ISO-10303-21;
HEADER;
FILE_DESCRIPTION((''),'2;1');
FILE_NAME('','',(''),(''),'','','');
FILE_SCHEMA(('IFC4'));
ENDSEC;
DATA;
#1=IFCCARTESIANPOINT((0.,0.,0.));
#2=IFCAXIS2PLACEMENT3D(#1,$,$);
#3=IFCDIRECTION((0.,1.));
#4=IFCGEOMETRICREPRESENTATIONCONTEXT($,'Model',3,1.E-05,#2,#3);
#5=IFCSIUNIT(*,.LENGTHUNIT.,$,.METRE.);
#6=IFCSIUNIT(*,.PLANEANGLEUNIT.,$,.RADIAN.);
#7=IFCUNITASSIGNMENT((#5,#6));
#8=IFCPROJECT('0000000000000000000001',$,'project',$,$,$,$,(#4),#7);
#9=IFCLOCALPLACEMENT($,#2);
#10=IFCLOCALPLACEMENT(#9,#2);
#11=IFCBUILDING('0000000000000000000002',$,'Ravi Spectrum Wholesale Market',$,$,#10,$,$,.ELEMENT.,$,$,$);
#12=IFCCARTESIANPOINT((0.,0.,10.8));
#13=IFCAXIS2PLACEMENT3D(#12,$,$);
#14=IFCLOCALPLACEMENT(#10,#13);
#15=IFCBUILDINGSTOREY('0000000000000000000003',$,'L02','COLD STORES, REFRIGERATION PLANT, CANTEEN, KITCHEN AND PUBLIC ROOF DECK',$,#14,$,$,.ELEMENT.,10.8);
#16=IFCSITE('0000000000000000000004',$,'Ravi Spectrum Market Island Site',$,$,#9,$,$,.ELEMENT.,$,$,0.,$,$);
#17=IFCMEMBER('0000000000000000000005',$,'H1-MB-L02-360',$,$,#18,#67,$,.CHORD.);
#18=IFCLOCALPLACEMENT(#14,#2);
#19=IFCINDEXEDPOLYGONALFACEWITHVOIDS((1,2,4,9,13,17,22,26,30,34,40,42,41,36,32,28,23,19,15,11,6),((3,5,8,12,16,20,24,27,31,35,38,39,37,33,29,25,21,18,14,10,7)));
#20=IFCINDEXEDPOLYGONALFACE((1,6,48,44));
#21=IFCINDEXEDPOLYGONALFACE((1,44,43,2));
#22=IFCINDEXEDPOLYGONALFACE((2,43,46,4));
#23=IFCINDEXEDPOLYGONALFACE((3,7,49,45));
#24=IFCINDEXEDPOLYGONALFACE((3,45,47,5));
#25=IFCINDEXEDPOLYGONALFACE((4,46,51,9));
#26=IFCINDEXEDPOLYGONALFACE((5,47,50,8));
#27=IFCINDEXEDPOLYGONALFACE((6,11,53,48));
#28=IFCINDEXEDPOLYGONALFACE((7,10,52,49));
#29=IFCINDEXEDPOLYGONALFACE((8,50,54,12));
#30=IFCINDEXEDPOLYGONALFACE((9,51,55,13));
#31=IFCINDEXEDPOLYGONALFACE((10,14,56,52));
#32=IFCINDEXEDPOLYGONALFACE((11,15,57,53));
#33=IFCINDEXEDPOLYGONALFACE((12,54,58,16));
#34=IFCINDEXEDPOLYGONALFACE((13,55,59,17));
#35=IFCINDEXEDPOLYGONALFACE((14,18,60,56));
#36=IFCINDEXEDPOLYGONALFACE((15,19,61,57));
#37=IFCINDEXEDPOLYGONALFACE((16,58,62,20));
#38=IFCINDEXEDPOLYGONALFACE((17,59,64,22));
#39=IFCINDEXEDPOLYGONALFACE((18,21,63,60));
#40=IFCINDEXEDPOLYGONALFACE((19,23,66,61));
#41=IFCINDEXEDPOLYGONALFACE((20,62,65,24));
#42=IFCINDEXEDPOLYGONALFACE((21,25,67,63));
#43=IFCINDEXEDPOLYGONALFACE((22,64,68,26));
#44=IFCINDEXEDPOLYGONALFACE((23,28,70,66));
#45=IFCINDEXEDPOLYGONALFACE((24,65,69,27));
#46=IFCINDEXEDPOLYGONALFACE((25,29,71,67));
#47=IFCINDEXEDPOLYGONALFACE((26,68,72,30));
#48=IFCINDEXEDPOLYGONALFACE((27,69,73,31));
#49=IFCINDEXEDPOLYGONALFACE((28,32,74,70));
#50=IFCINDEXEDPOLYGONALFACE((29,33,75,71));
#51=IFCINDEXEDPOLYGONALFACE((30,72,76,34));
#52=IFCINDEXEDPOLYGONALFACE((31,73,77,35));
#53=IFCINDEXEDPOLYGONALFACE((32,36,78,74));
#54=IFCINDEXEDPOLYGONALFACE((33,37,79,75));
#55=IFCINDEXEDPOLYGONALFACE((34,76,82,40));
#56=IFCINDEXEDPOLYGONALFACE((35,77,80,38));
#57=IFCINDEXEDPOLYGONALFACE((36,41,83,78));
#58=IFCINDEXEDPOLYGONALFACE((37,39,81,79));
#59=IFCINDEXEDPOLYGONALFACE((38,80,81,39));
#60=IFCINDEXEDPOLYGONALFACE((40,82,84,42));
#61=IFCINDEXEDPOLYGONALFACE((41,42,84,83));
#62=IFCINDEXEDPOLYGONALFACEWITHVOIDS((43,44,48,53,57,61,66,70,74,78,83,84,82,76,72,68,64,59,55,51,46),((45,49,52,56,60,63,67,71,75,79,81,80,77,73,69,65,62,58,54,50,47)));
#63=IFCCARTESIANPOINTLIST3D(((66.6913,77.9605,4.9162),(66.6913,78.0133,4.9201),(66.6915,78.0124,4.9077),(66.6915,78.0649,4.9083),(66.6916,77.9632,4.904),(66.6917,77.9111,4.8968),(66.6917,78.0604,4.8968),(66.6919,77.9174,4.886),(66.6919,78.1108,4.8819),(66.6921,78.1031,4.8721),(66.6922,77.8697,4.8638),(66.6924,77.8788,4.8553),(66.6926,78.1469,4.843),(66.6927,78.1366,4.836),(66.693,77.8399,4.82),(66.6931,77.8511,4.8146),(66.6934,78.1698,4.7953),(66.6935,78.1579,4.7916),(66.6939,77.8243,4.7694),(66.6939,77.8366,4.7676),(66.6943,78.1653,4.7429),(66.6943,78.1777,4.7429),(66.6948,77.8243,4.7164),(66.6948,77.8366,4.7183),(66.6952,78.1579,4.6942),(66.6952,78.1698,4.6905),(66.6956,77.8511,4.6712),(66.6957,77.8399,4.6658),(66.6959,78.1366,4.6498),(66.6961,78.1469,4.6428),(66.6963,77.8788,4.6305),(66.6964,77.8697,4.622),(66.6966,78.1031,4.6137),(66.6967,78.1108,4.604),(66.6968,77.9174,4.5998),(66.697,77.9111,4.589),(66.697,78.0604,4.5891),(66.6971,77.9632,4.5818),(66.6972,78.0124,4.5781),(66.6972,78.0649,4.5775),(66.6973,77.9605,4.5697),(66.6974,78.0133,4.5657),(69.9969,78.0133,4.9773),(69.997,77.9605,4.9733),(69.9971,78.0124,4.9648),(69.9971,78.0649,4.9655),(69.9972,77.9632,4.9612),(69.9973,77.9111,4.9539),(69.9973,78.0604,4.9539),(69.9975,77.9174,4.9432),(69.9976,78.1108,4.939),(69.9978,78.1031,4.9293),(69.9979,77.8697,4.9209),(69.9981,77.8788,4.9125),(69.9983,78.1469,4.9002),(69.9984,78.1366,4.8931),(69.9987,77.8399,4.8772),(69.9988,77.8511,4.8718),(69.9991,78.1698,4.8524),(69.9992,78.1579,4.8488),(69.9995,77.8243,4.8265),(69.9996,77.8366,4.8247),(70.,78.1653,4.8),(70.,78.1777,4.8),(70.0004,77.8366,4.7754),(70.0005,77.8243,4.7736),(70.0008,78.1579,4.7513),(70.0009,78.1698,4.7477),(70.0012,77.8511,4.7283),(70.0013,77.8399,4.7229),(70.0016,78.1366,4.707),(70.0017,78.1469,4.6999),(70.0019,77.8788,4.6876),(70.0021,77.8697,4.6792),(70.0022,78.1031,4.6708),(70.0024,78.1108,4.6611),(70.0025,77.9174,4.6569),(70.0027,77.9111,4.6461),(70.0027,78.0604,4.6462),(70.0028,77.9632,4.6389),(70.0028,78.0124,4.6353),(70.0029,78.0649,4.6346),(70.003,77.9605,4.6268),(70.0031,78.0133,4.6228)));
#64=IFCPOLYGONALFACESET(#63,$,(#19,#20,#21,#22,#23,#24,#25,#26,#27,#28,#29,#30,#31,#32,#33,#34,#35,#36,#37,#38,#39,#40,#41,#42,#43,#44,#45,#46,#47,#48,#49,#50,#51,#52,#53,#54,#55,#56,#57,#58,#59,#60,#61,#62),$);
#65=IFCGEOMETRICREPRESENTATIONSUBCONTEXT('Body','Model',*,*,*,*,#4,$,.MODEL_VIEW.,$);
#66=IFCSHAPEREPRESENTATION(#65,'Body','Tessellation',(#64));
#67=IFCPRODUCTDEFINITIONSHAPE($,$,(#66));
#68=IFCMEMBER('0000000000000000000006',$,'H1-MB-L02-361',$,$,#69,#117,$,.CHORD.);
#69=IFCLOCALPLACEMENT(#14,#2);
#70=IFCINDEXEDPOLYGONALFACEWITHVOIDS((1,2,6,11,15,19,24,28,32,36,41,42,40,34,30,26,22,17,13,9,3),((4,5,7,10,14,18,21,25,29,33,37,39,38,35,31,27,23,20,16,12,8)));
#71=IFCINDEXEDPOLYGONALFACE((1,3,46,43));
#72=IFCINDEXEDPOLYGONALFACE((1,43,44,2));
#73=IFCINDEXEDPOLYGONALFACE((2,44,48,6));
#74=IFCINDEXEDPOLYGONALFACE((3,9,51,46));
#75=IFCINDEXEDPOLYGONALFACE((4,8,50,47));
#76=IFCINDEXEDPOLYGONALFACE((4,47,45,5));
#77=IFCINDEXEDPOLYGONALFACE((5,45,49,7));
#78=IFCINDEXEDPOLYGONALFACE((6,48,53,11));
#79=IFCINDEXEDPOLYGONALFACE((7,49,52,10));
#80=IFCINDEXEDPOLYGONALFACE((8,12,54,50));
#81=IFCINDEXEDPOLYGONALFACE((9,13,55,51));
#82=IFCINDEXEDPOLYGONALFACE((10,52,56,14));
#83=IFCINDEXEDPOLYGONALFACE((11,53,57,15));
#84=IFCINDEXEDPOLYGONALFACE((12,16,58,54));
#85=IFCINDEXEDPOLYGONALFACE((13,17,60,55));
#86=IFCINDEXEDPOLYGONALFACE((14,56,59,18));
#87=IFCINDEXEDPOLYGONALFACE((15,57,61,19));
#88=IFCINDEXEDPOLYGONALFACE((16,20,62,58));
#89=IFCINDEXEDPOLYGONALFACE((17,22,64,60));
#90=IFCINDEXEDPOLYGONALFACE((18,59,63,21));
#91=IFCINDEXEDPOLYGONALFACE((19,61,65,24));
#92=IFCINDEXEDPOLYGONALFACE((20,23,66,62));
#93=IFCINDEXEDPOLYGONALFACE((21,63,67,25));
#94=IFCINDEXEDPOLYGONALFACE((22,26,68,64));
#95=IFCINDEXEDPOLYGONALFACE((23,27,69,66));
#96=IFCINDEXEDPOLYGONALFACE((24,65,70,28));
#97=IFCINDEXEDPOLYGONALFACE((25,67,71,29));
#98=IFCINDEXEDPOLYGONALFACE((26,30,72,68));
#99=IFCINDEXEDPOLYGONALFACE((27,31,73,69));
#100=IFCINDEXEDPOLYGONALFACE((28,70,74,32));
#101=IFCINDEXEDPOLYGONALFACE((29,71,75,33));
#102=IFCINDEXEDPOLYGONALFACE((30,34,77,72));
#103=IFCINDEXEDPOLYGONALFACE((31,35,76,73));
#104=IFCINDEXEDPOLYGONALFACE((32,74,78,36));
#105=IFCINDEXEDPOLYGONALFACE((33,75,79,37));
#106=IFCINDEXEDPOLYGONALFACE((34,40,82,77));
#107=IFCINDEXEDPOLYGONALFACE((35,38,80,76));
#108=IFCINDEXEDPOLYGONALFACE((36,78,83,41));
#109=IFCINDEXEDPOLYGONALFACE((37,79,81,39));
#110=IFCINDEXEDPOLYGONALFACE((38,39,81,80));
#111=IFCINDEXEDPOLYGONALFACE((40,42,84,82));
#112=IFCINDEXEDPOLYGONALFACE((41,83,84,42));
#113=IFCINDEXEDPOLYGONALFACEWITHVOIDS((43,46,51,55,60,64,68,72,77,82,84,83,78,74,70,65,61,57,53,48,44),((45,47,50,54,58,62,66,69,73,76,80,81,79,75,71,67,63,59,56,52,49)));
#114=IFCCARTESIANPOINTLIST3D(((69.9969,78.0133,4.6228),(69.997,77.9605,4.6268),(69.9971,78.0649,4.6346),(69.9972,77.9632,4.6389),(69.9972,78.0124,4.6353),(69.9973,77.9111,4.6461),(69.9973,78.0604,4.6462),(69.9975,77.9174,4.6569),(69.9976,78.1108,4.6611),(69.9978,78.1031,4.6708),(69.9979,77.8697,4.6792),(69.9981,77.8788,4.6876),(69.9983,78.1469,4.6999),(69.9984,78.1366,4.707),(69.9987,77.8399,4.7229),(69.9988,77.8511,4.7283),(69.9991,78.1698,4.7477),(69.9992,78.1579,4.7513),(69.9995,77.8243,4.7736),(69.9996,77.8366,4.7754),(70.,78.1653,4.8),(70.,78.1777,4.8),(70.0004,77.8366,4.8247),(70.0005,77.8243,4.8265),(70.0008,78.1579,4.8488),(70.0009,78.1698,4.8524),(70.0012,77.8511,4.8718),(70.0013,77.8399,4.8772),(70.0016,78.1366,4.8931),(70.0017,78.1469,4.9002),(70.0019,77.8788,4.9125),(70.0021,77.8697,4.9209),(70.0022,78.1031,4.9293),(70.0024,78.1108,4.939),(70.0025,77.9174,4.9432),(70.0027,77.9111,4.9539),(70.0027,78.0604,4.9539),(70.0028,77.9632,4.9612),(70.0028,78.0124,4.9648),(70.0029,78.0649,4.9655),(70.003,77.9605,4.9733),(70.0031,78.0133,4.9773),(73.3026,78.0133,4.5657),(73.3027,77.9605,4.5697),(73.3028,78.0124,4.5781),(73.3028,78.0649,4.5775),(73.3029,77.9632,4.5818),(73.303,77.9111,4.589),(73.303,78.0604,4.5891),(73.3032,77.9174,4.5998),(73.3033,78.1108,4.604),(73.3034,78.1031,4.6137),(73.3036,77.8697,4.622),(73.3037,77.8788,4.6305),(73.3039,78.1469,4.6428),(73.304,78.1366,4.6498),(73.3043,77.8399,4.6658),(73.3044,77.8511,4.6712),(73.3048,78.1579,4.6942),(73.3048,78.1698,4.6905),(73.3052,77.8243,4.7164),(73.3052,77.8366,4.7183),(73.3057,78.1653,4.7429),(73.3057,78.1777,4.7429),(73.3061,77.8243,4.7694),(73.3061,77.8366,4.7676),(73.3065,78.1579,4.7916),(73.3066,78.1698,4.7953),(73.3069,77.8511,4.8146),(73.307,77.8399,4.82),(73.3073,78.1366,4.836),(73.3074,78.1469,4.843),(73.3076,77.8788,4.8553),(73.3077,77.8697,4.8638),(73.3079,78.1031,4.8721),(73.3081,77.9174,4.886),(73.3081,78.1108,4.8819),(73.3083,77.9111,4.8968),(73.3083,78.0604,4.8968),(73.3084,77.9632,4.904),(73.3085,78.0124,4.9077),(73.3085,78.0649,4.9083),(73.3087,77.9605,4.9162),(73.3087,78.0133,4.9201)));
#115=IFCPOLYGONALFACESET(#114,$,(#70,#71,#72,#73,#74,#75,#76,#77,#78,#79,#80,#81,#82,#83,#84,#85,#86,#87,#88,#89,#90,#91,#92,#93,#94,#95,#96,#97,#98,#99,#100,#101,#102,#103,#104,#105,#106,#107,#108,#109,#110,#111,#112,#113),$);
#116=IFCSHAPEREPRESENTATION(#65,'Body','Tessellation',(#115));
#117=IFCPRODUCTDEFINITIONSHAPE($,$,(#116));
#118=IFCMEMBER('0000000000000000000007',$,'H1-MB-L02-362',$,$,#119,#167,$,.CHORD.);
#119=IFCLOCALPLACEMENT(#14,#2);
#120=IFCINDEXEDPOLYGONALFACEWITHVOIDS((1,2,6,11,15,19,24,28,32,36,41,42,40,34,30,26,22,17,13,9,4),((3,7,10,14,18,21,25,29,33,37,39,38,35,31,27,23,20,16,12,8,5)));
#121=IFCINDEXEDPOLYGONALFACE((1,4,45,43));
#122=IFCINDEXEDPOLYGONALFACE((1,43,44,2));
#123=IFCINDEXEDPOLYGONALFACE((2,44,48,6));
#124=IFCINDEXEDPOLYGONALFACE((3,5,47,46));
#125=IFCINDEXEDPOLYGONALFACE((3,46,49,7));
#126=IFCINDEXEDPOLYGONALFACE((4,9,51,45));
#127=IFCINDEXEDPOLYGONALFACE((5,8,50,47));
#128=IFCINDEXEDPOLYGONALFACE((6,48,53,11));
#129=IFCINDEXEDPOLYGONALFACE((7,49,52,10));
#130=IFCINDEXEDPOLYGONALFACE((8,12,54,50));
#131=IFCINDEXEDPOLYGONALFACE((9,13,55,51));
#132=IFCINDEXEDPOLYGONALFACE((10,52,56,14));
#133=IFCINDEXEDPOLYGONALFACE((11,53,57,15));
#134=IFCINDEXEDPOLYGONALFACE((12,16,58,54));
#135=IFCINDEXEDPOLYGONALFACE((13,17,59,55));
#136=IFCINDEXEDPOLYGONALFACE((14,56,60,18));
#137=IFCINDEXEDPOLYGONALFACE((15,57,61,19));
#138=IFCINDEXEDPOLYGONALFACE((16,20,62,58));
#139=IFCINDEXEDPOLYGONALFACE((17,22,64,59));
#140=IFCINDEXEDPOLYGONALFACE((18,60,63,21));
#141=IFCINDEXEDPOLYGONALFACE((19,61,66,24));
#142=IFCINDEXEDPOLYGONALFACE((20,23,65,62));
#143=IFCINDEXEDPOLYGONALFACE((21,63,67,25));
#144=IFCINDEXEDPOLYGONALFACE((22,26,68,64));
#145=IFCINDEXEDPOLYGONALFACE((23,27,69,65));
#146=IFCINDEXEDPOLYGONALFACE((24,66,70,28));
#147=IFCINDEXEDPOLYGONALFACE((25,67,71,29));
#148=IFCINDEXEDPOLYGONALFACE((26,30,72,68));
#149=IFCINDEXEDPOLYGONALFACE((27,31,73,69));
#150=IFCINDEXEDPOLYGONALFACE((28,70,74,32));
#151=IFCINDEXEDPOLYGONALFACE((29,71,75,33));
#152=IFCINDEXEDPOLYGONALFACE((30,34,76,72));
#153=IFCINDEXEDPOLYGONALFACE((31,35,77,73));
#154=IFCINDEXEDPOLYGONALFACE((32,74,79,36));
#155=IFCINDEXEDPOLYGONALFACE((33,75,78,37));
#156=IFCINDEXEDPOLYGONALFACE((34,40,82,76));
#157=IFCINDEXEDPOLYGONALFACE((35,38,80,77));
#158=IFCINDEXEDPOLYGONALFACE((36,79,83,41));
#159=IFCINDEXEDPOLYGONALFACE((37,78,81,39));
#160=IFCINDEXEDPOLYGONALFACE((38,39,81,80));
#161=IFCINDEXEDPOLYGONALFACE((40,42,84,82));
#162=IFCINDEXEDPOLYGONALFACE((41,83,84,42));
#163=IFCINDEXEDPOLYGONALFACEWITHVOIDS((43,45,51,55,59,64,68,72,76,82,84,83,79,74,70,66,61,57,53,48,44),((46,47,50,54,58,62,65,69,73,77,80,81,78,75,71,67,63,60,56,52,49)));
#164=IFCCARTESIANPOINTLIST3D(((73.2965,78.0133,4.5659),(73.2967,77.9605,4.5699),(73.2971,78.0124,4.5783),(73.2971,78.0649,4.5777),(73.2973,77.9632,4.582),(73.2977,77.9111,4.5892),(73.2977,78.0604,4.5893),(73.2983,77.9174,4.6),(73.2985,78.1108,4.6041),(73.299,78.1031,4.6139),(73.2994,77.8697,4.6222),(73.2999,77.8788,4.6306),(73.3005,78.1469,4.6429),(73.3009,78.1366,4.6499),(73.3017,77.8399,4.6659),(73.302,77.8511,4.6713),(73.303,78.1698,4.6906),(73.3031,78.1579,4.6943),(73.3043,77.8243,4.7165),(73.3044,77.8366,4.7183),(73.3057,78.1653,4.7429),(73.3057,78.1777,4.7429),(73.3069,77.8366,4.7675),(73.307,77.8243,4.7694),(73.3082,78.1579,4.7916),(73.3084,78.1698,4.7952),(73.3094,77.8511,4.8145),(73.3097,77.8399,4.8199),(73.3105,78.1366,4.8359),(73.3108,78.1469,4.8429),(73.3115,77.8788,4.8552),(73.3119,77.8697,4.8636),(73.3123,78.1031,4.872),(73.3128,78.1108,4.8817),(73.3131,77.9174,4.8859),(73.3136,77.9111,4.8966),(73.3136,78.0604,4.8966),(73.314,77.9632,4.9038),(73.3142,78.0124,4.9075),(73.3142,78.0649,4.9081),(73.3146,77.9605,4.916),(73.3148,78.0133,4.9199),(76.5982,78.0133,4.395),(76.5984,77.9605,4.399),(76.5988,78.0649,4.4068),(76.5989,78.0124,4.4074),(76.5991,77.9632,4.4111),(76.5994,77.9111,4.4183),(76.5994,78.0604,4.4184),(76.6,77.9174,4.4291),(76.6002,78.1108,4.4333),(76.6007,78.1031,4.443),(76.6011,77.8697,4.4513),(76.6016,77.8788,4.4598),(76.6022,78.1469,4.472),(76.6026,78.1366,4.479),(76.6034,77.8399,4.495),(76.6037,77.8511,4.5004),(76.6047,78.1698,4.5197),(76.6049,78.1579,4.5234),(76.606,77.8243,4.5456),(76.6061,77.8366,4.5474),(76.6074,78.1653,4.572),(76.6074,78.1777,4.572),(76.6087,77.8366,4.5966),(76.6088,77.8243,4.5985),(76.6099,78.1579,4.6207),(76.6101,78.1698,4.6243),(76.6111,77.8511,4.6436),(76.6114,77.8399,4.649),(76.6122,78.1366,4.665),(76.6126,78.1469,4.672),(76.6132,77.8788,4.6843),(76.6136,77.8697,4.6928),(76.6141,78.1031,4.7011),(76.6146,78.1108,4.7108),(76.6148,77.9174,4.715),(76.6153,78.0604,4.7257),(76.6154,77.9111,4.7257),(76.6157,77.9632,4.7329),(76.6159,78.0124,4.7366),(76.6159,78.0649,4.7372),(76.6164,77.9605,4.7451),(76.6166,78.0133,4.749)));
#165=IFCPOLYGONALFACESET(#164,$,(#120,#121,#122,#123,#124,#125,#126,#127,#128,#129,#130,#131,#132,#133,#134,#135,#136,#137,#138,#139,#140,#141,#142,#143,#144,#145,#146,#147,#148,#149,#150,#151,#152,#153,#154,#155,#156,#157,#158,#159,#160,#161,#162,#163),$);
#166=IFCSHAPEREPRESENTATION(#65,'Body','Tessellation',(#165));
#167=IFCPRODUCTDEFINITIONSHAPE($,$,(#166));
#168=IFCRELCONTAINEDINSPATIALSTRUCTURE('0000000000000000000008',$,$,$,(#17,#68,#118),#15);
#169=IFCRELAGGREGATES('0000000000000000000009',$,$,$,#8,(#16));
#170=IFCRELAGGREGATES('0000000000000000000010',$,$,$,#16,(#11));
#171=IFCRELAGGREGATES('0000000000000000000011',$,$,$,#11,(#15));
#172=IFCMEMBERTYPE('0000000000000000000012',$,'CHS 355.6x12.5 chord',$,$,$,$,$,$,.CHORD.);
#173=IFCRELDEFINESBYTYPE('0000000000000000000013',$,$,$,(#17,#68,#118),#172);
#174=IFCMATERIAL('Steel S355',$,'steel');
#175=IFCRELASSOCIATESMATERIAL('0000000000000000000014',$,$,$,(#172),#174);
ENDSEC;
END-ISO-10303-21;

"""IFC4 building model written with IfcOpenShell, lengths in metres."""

from ifc_helpers import new_model, si_unit, direction, frame, origin, origin_2d, place, context, subcontext, project, spatial, hollow_circle, extrude, material, material_profile, profile_set, type_object, element, save


model = new_model("IFC4")

# Units and contexts
model_context = context("Model", 3, precision=1e-05, world=origin(), true_north=direction((0.0, 1.0)))
body_context = subcontext(model_context, "Body", "Model", "MODEL_VIEW")
ifc_project = project(units=[si_unit("LENGTHUNIT", "METRE"), si_unit("PLANEANGLEUNIT", "RADIAN")], contexts=[model_context])

# Site, building, storey
site_placement = place(None, origin())
site = spatial("IfcSite", under=ifc_project, at=site_placement, Name="Ravi Spectrum Market Island Site", CompositionType="ELEMENT", RefElevation=0.0)
building_placement = place(site_placement, origin())
building = spatial("IfcBuilding", under=site, at=building_placement, Name="Ravi Spectrum Wholesale Market", CompositionType="ELEMENT")
storey_placement = place(building_placement, frame((0.0, 0.0, 10.8)))
storey = spatial("IfcBuildingStorey", under=building, at=storey_placement, Name="L02", Description="COLD STORES, REFRIGERATION PLANT, CANTEEN, KITCHEN AND PUBLIC ROOF DECK", CompositionType="ELEMENT", Elevation=10.8)

# Members
ifc_material_1 = material(Name="Steel S355", Category="steel")
ifc_material_profile_1 = material_profile(ifc_material_1, hollow_circle(Radius=0.1777, WallThickness=0.0125, at=origin_2d()))
ifc_profile_set_1 = profile_set([ifc_material_profile_1], Name="Steel S355")
member_type_1 = type_object("IfcMemberType", Name="CHS 355.6x12.5 chord", PredefinedType="CHORD", material=ifc_profile_set_1)
for number, where, z_axis, x_axis, name in (
    (1, (66.6943, 78.0, 4.7429), (0.999851, 0.0, 0.01728), (0.0, 1.0, 0.0), "H1-MB-L02-360"),
    (2, (70.0, 78.0, 4.8), (0.999851, 0.0, -0.01728), (0.0, 1.0, 0.0), "H1-MB-L02-361"),
    (3, (73.3057, 78.0, 4.7429), (0.998663, 0.0, -0.051691), (0.0, 1.0, 0.0), "H1-MB-L02-362"),
):
    element("IfcMember", number, at=place(storey_placement, frame(where, z_axis=z_axis, x_axis=x_axis)), inside=storey, type_object=member_type_1, Name=name, PredefinedType="CHORD", context=body_context, shape_type="SweptSolid", body=[
        extrude(hollow_circle(Radius=0.1777, WallThickness=0.0125, at=origin_2d()), origin(), (0.0, 0.0, 1.0), 3.3062),
    ])

save(model, "model.ifc")
